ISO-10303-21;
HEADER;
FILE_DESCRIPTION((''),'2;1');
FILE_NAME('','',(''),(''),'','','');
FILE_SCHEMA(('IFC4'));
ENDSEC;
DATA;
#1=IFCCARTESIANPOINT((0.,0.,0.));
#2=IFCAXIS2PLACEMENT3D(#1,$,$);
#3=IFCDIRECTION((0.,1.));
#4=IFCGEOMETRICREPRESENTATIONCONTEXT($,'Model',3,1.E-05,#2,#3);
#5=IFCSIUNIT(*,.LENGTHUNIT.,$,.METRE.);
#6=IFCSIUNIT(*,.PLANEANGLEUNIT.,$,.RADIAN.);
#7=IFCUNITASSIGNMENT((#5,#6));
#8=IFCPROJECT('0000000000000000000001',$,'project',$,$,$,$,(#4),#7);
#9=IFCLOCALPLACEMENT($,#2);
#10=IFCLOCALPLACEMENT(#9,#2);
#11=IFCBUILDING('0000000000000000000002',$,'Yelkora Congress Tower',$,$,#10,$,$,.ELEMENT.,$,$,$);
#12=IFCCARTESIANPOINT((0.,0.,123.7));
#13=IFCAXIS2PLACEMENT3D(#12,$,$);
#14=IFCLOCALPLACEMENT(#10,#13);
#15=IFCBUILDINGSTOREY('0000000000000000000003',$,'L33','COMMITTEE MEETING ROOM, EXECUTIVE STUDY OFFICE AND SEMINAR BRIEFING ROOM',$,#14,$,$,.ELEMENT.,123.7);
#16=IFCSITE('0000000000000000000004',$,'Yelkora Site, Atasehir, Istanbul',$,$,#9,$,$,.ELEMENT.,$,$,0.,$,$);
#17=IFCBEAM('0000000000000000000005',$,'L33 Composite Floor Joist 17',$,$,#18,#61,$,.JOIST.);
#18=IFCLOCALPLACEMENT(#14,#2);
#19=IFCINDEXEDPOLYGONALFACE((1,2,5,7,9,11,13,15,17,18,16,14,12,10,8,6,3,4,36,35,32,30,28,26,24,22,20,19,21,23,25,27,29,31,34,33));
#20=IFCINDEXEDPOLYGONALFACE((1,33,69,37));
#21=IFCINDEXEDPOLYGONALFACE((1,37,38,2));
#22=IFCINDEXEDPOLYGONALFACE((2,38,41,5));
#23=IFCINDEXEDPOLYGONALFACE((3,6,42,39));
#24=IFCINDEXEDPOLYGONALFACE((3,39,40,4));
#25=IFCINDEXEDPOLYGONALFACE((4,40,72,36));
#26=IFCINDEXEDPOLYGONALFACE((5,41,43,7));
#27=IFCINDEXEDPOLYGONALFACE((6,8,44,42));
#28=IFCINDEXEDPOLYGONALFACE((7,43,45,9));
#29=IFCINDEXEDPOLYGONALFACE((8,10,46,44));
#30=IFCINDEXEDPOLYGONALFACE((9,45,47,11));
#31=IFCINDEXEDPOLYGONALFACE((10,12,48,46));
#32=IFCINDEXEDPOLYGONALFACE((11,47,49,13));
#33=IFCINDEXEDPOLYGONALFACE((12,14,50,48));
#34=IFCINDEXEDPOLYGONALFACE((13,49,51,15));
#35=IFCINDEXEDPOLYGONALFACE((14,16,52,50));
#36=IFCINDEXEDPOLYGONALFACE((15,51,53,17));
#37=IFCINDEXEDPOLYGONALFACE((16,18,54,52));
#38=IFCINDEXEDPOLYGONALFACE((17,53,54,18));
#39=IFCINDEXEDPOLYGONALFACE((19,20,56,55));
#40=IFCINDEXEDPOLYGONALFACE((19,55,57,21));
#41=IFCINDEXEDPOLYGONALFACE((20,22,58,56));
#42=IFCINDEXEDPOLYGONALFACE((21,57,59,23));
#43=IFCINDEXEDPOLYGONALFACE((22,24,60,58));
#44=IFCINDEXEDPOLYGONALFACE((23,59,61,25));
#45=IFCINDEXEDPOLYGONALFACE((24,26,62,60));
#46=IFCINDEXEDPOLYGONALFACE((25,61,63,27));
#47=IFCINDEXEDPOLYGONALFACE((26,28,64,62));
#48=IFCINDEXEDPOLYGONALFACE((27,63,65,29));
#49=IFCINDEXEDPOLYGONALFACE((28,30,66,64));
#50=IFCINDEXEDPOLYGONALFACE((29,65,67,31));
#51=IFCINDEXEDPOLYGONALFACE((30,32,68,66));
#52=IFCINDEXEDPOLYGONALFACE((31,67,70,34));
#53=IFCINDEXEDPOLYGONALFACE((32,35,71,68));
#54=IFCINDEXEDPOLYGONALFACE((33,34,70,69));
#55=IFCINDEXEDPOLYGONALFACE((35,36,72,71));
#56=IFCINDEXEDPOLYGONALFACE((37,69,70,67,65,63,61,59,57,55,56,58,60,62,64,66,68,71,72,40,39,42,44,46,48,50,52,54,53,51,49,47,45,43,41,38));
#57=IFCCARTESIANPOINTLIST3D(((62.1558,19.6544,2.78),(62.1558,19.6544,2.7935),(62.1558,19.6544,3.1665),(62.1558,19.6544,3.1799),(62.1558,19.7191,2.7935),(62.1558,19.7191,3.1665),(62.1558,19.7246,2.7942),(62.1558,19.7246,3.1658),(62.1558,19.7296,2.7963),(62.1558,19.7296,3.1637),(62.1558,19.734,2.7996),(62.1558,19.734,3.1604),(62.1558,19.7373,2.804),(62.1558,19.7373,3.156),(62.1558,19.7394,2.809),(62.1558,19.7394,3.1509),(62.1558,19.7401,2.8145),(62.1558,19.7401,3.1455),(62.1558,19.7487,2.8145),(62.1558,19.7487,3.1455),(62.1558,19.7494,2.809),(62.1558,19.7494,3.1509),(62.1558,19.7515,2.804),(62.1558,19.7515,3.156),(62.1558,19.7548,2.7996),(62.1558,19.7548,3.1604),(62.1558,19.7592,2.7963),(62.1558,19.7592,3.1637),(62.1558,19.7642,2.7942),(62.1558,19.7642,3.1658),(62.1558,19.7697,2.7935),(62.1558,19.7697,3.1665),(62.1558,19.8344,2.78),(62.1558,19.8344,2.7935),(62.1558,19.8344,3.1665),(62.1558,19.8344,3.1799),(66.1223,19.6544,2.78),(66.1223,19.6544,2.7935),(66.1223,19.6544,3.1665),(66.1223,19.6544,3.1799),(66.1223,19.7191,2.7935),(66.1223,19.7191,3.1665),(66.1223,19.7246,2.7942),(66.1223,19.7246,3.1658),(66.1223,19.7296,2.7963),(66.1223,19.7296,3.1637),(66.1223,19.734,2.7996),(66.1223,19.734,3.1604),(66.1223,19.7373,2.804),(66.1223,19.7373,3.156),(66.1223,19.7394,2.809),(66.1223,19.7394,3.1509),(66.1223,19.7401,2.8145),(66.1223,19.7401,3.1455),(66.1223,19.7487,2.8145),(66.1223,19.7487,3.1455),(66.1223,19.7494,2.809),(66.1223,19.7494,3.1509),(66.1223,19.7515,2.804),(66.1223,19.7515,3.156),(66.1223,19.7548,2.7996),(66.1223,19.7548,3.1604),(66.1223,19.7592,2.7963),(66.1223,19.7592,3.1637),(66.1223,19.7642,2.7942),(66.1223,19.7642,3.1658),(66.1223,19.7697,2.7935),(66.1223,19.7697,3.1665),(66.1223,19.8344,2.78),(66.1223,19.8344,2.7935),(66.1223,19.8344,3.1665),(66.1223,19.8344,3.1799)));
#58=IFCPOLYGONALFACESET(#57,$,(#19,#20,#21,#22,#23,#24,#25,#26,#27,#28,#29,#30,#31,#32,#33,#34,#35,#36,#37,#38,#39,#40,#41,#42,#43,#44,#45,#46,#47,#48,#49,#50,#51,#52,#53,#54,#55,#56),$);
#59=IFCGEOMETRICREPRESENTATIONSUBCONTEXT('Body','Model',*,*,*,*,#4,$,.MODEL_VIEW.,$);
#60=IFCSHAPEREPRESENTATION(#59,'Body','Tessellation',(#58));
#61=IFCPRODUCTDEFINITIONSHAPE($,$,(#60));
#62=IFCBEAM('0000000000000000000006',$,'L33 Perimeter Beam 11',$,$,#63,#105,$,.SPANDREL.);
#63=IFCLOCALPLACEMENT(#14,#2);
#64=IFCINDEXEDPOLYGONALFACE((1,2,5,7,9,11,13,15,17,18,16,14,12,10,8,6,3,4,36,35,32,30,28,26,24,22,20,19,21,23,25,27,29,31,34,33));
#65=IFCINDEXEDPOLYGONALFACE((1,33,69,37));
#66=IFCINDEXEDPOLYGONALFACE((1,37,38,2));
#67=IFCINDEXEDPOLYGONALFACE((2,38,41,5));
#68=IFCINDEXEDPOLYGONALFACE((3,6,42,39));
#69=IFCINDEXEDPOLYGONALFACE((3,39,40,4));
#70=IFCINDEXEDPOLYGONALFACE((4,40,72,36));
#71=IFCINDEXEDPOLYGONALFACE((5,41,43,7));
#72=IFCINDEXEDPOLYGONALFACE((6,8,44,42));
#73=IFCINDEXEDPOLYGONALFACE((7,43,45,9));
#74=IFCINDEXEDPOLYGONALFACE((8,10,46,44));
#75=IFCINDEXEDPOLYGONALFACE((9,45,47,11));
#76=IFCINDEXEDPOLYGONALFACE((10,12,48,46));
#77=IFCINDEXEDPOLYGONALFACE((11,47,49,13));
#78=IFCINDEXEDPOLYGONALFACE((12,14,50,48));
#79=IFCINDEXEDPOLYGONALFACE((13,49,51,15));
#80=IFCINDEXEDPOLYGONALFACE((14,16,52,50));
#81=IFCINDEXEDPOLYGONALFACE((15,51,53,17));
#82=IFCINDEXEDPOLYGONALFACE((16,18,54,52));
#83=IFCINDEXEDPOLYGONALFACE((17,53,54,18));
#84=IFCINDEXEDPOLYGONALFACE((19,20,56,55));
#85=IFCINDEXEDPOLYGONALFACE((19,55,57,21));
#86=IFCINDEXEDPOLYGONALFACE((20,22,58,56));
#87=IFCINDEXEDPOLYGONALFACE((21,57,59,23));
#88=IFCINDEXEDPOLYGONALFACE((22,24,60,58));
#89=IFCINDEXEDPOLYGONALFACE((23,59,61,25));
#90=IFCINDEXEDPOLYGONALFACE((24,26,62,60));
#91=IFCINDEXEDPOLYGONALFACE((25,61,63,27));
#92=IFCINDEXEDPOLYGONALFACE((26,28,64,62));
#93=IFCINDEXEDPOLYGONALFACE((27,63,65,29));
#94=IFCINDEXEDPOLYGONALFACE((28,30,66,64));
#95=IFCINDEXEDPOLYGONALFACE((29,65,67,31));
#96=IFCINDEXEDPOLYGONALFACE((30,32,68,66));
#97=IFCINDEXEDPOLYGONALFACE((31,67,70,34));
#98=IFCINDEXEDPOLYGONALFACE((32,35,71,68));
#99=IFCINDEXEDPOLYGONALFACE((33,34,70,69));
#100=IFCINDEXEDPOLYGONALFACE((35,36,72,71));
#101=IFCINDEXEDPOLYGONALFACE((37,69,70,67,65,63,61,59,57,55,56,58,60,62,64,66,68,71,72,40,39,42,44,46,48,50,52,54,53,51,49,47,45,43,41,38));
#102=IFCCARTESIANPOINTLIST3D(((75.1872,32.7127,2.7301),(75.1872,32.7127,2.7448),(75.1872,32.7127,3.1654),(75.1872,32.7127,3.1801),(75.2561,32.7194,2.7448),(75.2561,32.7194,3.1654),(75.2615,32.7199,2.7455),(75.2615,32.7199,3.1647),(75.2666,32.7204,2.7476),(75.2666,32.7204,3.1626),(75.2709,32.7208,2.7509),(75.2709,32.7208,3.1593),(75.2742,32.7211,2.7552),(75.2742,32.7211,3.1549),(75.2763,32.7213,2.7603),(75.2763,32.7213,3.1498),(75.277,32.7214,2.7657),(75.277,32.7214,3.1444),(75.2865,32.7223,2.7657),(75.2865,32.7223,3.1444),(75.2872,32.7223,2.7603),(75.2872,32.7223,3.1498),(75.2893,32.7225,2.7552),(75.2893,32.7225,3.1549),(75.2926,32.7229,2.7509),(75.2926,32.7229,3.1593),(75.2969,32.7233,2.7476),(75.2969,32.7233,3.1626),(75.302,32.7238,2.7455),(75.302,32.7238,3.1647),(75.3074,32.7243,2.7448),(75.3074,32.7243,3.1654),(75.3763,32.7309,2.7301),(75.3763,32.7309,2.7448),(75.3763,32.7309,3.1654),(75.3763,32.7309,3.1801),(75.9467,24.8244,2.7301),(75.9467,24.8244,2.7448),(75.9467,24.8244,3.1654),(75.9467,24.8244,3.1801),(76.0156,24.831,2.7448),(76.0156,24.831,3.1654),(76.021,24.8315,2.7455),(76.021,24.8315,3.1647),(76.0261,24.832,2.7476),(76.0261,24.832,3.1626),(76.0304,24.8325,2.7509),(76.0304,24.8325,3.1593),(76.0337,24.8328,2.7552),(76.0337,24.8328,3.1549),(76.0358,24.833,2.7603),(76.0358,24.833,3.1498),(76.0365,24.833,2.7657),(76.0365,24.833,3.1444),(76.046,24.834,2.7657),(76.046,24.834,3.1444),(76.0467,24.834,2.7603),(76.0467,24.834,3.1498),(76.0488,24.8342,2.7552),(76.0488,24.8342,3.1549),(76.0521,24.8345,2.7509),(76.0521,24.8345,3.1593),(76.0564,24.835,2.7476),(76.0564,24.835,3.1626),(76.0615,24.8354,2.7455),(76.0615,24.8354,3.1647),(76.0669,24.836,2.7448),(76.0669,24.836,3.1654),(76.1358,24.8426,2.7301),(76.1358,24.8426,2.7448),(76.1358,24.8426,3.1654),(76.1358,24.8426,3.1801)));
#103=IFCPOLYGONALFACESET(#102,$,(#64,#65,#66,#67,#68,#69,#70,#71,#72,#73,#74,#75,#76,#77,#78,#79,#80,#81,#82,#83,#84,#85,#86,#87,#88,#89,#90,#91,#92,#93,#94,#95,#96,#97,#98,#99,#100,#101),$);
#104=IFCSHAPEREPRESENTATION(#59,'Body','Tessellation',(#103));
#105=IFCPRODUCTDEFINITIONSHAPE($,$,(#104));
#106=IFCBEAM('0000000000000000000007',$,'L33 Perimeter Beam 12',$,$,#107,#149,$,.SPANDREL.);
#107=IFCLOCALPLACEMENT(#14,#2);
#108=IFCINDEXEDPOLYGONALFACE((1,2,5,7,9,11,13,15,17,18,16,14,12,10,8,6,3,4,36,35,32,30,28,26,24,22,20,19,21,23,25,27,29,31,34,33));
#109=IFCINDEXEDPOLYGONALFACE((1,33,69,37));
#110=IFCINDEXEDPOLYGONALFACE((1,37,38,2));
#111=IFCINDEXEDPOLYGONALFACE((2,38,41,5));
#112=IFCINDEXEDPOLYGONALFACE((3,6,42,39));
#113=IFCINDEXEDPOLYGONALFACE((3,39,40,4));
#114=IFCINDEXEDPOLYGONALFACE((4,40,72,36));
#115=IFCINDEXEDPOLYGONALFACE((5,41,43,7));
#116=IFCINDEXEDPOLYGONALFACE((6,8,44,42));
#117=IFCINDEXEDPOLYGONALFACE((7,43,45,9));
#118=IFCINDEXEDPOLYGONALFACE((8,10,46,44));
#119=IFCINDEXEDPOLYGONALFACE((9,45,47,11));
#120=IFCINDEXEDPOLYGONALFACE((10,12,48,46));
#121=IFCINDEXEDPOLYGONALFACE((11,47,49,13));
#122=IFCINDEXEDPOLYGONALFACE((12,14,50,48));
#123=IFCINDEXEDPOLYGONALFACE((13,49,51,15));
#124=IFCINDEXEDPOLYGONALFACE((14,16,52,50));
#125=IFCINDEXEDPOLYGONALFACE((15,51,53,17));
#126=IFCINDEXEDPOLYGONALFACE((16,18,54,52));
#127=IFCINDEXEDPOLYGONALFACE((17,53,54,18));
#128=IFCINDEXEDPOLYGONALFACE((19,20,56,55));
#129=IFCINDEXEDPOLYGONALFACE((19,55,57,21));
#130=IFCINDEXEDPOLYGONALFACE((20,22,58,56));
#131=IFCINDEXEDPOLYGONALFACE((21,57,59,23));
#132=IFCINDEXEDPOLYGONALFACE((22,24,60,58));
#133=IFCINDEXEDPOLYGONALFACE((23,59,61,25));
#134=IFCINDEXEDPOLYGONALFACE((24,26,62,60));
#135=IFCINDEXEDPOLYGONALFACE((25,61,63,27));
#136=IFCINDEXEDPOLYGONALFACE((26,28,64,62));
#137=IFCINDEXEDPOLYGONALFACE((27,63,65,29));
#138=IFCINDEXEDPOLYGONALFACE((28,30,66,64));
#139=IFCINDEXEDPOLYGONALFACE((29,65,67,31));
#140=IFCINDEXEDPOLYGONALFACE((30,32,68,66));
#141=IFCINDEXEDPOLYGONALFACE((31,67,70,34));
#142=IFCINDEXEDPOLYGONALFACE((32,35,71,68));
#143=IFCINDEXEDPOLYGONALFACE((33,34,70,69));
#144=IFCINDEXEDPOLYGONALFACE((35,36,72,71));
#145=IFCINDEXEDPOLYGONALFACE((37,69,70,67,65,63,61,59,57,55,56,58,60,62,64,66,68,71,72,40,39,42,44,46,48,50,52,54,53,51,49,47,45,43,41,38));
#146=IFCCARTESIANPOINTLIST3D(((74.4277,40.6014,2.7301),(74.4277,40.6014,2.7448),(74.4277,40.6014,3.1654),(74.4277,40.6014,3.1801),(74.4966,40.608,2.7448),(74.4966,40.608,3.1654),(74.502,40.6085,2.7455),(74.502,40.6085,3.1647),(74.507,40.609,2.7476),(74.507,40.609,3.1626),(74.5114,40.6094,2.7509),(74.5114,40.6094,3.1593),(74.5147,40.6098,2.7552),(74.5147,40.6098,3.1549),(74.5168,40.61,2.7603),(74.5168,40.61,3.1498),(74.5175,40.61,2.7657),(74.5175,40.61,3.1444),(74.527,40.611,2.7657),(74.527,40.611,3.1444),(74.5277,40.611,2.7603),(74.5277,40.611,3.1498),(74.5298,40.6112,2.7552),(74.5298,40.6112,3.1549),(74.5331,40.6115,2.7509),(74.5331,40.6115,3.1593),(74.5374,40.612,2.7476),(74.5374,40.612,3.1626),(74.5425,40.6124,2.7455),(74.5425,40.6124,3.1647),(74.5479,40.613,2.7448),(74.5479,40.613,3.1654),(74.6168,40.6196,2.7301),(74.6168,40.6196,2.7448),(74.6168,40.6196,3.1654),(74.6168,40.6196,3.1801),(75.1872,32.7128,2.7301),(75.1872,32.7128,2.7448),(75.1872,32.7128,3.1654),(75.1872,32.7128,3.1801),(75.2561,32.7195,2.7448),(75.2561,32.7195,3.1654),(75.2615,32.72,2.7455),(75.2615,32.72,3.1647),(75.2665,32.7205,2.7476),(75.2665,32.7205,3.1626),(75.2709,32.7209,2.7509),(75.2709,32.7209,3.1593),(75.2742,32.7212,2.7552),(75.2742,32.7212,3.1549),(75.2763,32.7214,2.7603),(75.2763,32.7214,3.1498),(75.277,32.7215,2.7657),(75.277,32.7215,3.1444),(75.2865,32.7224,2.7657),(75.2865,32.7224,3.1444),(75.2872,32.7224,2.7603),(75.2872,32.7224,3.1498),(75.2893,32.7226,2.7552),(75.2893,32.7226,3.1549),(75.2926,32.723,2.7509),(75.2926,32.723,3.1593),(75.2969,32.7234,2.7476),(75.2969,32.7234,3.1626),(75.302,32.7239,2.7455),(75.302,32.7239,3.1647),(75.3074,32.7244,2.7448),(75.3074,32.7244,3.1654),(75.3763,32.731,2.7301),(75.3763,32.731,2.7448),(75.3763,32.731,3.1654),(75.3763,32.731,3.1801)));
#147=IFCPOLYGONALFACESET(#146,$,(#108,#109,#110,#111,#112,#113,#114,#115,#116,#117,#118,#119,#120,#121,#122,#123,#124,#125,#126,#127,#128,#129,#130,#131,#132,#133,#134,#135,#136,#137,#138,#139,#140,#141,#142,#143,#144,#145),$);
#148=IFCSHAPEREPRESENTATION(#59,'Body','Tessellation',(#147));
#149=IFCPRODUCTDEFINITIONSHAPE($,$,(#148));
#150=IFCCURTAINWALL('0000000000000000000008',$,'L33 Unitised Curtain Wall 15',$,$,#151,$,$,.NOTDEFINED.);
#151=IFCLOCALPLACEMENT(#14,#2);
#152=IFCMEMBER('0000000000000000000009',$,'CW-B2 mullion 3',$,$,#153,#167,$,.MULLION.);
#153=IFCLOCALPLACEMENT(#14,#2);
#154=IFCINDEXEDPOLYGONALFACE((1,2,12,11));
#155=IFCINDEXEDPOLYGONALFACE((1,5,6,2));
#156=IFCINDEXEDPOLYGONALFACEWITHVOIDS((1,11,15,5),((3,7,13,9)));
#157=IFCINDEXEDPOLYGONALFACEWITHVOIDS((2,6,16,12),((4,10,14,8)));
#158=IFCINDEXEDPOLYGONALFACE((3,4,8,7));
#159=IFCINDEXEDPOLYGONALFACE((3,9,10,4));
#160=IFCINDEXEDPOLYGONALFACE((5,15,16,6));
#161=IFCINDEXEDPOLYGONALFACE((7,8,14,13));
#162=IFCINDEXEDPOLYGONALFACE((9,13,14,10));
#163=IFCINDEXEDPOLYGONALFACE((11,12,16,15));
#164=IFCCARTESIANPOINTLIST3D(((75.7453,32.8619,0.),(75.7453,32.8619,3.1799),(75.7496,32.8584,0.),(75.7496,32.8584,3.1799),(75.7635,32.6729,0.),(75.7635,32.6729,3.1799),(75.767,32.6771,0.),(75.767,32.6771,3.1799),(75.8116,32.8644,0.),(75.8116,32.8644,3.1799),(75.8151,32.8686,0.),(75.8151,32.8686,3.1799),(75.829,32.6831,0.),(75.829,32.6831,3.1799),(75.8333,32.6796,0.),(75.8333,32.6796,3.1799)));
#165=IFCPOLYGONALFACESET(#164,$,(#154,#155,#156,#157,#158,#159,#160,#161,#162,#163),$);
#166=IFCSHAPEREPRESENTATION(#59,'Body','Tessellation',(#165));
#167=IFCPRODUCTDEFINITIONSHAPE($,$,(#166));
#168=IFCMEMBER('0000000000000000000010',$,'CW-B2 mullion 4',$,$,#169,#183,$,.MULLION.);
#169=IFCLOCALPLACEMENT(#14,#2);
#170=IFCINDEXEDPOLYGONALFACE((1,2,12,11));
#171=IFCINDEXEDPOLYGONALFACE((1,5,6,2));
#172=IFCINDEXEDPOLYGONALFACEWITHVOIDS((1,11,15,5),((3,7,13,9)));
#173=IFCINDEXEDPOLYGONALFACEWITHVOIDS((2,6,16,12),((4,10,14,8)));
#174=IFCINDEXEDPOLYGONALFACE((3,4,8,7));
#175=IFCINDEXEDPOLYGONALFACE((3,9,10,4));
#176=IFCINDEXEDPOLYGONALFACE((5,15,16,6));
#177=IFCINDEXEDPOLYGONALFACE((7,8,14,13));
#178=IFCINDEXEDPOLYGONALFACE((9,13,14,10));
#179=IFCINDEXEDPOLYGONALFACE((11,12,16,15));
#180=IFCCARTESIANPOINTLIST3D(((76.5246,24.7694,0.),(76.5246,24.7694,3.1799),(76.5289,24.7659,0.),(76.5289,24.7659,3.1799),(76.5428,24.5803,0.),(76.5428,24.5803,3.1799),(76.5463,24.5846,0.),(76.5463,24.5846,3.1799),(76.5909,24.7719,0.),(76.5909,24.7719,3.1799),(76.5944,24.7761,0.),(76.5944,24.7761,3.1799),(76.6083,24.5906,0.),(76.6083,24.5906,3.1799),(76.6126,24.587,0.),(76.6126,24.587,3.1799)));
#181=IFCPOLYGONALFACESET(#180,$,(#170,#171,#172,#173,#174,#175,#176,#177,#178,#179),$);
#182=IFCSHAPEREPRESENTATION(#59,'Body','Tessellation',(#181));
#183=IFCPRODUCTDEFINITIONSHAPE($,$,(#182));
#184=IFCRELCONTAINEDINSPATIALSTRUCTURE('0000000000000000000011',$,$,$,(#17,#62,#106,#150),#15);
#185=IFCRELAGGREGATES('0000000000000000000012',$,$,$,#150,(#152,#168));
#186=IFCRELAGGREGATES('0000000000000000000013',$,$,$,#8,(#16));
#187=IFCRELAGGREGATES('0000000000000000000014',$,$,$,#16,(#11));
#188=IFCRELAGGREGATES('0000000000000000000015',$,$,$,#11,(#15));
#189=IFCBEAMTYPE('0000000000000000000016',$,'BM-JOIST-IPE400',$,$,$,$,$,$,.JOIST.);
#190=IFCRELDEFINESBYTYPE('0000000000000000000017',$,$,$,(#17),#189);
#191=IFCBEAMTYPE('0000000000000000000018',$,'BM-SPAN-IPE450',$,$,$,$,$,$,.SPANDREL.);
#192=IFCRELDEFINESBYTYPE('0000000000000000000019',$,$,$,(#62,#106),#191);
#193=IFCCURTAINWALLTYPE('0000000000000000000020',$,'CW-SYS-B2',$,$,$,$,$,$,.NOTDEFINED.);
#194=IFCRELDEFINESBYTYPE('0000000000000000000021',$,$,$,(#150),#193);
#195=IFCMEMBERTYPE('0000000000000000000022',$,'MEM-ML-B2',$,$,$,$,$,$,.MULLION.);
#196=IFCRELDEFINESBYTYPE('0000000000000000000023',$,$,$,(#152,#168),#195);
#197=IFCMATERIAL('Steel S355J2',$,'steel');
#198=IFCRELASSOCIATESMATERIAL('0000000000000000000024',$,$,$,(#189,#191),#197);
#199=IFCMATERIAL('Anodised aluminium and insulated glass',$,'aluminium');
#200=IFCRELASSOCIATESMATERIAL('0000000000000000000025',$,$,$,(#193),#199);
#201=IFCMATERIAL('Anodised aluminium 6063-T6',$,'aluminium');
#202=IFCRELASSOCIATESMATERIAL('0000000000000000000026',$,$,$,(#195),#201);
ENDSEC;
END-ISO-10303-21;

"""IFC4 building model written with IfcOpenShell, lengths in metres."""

from ifc_helpers import new_model, si_unit, direction, frame, origin, origin_2d, place, context, subcontext, project, spatial, hollow_rectangle, i_section, extrude, material, material_profile, profile_set, type_object, element, aggregate, save


model = new_model("IFC4")

# Units and contexts
model_context = context("Model", 3, precision=1e-05, world=origin(), true_north=direction((0.0, 1.0)))
body_context = subcontext(model_context, "Body", "Model", "MODEL_VIEW")
ifc_project = project(units=[si_unit("LENGTHUNIT", "METRE"), si_unit("PLANEANGLEUNIT", "RADIAN")], contexts=[model_context])

# Site, building, storey
site_placement = place(None, origin())
site = spatial("IfcSite", under=ifc_project, at=site_placement, Name="Yelkora Site, Atasehir, Istanbul", CompositionType="ELEMENT", RefElevation=0.0)
building_placement = place(site_placement, origin())
building = spatial("IfcBuilding", under=site, at=building_placement, Name="Yelkora Congress Tower", CompositionType="ELEMENT")
storey_placement = place(building_placement, frame((0.0, 0.0, 123.7)))
storey = spatial("IfcBuildingStorey", under=building, at=storey_placement, Name="L33", Description="COMMITTEE MEETING ROOM, EXECUTIVE STUDY OFFICE AND SEMINAR BRIEFING ROOM", CompositionType="ELEMENT", Elevation=123.7)

# Beams
ifc_material_1 = material(Name="Steel S355J2", Category="steel")
ifc_material_profile_1 = material_profile(ifc_material_1, i_section(OverallWidth=0.1799, OverallDepth=0.3999, WebThickness=0.0085, FlangeThickness=0.0134, FilletRadius=0.021, at=origin_2d()), Name="IPE 400")
ifc_profile_set_1 = profile_set([ifc_material_profile_1], Name="Steel S355J2")
beam_type_1 = type_object("IfcBeamType", Name="BM-JOIST-IPE400", PredefinedType="JOIST", material=ifc_profile_set_1)
beam_1_placement = place(storey_placement, frame((62.1558, 19.7444, 2.98), z_axis=(1.0, 0.0, 0.0), x_axis=(0.0, 1.0, 0.0)))
element("IfcBeam", 1, at=beam_1_placement, inside=storey, type_object=beam_type_1, Name="L33 Composite Floor Joist 17", PredefinedType="JOIST", context=body_context, shape_type="SweptSolid", body=[
    extrude(i_section(OverallWidth=0.1799, OverallDepth=0.3999, WebThickness=0.0085, FlangeThickness=0.0134, FilletRadius=0.021, at=origin_2d()), origin(), (0.0, 0.0, 1.0), 3.9666),
])
ifc_material_profile_2 = material_profile(ifc_material_1, i_section(OverallWidth=0.1899, OverallDepth=0.45, WebThickness=0.0095, FlangeThickness=0.0146, FilletRadius=0.021, at=origin_2d()), Name="IPE 450")
ifc_profile_set_2 = profile_set([ifc_material_profile_2], Name="Steel S355J2")
beam_type_2 = type_object("IfcBeamType", Name="BM-SPAN-IPE450", PredefinedType="SPANDREL", material=ifc_profile_set_2)
beam_2_placement = place(storey_placement, frame((76.0413, 24.8335, 2.9551), z_axis=(-0.09584, 0.995397, 0.0), x_axis=(-0.995397, -0.09584, 0.0)))
element("IfcBeam", 2, at=beam_2_placement, inside=storey, type_object=beam_type_2, Name="L33 Perimeter Beam 11", PredefinedType="SPANDREL", context=body_context, shape_type="SweptSolid", body=[
    extrude(i_section(OverallWidth=0.1899, OverallDepth=0.45, WebThickness=0.0095, FlangeThickness=0.0146, FilletRadius=0.021, at=origin_2d()), origin(), (0.0, 0.0, 1.0), 7.9248),
])
beam_3_placement = place(storey_placement, frame((75.2817, 32.7219, 2.9551), z_axis=(-0.095837, 0.995397, 0.0), x_axis=(-0.995397, -0.095837, 0.0)))
element("IfcBeam", 3, at=beam_3_placement, inside=storey, type_object=beam_type_2, Name="L33 Perimeter Beam 12", PredefinedType="SPANDREL", context=body_context, shape_type="SweptSolid", body=[
    extrude(i_section(OverallWidth=0.1899, OverallDepth=0.45, WebThickness=0.0095, FlangeThickness=0.0146, FilletRadius=0.021, at=origin_2d()), origin(), (0.0, 0.0, 1.0), 7.925),
])

# Curtain wall, members
ifc_material_2 = material(Name="Anodised aluminium and insulated glass", Category="aluminium")
curtain_wall_type = type_object("IfcCurtainWallType", Name="CW-SYS-B2", PredefinedType="NOTDEFINED", material=ifc_material_2)
curtain_wall_placement = place(storey_placement, origin())
curtain_wall = element("IfcCurtainWall", 4, at=curtain_wall_placement, inside=storey, type_object=curtain_wall_type, Name="L33 Unitised Curtain Wall 15", PredefinedType="NOTDEFINED")
ifc_material_3 = material(Name="Anodised aluminium 6063-T6", Category="aluminium")
ifc_material_profile_3 = material_profile(ifc_material_3, hollow_rectangle(XDim=0.0701, YDim=0.1899, WallThickness=0.0039, at=origin_2d()), Name="ALU 70x190x4")
ifc_profile_set_3 = profile_set([ifc_material_profile_3], Name="Anodised aluminium 6063-T6")
member_type_1 = type_object("IfcMemberType", Name="MEM-ML-B2", PredefinedType="MULLION", material=ifc_profile_set_3)
member_1_placement = place(storey_placement, frame((75.7893, 32.7708, 0.0), z_axis=(0.0, 0.0, 1.0), x_axis=(0.995397, 0.095843, 0.0)))
member_1 = element("IfcMember", 5, at=member_1_placement, type_object=member_type_1, Name="CW-B2 mullion 3", PredefinedType="MULLION", context=body_context, shape_type="SweptSolid", body=[
    extrude(hollow_rectangle(XDim=0.0701, YDim=0.1899, WallThickness=0.0039, at=origin_2d()), origin(), (0.0, 0.0, 1.0), 3.1799),
])
member_2_placement = place(storey_placement, frame((76.5686, 24.6782, 0.0), z_axis=(0.0, 0.0, 1.0), x_axis=(0.995397, 0.095843, 0.0)))
member_2 = element("IfcMember", 6, at=member_2_placement, type_object=member_type_1, Name="CW-B2 mullion 4", PredefinedType="MULLION", context=body_context, shape_type="SweptSolid", body=[
    extrude(hollow_rectangle(XDim=0.0701, YDim=0.1899, WallThickness=0.0039, at=origin_2d()), origin(), (0.0, 0.0, 1.0), 3.1799),
])
aggregate(curtain_wall, [member_1, member_2])

save(model, "model.ifc")
